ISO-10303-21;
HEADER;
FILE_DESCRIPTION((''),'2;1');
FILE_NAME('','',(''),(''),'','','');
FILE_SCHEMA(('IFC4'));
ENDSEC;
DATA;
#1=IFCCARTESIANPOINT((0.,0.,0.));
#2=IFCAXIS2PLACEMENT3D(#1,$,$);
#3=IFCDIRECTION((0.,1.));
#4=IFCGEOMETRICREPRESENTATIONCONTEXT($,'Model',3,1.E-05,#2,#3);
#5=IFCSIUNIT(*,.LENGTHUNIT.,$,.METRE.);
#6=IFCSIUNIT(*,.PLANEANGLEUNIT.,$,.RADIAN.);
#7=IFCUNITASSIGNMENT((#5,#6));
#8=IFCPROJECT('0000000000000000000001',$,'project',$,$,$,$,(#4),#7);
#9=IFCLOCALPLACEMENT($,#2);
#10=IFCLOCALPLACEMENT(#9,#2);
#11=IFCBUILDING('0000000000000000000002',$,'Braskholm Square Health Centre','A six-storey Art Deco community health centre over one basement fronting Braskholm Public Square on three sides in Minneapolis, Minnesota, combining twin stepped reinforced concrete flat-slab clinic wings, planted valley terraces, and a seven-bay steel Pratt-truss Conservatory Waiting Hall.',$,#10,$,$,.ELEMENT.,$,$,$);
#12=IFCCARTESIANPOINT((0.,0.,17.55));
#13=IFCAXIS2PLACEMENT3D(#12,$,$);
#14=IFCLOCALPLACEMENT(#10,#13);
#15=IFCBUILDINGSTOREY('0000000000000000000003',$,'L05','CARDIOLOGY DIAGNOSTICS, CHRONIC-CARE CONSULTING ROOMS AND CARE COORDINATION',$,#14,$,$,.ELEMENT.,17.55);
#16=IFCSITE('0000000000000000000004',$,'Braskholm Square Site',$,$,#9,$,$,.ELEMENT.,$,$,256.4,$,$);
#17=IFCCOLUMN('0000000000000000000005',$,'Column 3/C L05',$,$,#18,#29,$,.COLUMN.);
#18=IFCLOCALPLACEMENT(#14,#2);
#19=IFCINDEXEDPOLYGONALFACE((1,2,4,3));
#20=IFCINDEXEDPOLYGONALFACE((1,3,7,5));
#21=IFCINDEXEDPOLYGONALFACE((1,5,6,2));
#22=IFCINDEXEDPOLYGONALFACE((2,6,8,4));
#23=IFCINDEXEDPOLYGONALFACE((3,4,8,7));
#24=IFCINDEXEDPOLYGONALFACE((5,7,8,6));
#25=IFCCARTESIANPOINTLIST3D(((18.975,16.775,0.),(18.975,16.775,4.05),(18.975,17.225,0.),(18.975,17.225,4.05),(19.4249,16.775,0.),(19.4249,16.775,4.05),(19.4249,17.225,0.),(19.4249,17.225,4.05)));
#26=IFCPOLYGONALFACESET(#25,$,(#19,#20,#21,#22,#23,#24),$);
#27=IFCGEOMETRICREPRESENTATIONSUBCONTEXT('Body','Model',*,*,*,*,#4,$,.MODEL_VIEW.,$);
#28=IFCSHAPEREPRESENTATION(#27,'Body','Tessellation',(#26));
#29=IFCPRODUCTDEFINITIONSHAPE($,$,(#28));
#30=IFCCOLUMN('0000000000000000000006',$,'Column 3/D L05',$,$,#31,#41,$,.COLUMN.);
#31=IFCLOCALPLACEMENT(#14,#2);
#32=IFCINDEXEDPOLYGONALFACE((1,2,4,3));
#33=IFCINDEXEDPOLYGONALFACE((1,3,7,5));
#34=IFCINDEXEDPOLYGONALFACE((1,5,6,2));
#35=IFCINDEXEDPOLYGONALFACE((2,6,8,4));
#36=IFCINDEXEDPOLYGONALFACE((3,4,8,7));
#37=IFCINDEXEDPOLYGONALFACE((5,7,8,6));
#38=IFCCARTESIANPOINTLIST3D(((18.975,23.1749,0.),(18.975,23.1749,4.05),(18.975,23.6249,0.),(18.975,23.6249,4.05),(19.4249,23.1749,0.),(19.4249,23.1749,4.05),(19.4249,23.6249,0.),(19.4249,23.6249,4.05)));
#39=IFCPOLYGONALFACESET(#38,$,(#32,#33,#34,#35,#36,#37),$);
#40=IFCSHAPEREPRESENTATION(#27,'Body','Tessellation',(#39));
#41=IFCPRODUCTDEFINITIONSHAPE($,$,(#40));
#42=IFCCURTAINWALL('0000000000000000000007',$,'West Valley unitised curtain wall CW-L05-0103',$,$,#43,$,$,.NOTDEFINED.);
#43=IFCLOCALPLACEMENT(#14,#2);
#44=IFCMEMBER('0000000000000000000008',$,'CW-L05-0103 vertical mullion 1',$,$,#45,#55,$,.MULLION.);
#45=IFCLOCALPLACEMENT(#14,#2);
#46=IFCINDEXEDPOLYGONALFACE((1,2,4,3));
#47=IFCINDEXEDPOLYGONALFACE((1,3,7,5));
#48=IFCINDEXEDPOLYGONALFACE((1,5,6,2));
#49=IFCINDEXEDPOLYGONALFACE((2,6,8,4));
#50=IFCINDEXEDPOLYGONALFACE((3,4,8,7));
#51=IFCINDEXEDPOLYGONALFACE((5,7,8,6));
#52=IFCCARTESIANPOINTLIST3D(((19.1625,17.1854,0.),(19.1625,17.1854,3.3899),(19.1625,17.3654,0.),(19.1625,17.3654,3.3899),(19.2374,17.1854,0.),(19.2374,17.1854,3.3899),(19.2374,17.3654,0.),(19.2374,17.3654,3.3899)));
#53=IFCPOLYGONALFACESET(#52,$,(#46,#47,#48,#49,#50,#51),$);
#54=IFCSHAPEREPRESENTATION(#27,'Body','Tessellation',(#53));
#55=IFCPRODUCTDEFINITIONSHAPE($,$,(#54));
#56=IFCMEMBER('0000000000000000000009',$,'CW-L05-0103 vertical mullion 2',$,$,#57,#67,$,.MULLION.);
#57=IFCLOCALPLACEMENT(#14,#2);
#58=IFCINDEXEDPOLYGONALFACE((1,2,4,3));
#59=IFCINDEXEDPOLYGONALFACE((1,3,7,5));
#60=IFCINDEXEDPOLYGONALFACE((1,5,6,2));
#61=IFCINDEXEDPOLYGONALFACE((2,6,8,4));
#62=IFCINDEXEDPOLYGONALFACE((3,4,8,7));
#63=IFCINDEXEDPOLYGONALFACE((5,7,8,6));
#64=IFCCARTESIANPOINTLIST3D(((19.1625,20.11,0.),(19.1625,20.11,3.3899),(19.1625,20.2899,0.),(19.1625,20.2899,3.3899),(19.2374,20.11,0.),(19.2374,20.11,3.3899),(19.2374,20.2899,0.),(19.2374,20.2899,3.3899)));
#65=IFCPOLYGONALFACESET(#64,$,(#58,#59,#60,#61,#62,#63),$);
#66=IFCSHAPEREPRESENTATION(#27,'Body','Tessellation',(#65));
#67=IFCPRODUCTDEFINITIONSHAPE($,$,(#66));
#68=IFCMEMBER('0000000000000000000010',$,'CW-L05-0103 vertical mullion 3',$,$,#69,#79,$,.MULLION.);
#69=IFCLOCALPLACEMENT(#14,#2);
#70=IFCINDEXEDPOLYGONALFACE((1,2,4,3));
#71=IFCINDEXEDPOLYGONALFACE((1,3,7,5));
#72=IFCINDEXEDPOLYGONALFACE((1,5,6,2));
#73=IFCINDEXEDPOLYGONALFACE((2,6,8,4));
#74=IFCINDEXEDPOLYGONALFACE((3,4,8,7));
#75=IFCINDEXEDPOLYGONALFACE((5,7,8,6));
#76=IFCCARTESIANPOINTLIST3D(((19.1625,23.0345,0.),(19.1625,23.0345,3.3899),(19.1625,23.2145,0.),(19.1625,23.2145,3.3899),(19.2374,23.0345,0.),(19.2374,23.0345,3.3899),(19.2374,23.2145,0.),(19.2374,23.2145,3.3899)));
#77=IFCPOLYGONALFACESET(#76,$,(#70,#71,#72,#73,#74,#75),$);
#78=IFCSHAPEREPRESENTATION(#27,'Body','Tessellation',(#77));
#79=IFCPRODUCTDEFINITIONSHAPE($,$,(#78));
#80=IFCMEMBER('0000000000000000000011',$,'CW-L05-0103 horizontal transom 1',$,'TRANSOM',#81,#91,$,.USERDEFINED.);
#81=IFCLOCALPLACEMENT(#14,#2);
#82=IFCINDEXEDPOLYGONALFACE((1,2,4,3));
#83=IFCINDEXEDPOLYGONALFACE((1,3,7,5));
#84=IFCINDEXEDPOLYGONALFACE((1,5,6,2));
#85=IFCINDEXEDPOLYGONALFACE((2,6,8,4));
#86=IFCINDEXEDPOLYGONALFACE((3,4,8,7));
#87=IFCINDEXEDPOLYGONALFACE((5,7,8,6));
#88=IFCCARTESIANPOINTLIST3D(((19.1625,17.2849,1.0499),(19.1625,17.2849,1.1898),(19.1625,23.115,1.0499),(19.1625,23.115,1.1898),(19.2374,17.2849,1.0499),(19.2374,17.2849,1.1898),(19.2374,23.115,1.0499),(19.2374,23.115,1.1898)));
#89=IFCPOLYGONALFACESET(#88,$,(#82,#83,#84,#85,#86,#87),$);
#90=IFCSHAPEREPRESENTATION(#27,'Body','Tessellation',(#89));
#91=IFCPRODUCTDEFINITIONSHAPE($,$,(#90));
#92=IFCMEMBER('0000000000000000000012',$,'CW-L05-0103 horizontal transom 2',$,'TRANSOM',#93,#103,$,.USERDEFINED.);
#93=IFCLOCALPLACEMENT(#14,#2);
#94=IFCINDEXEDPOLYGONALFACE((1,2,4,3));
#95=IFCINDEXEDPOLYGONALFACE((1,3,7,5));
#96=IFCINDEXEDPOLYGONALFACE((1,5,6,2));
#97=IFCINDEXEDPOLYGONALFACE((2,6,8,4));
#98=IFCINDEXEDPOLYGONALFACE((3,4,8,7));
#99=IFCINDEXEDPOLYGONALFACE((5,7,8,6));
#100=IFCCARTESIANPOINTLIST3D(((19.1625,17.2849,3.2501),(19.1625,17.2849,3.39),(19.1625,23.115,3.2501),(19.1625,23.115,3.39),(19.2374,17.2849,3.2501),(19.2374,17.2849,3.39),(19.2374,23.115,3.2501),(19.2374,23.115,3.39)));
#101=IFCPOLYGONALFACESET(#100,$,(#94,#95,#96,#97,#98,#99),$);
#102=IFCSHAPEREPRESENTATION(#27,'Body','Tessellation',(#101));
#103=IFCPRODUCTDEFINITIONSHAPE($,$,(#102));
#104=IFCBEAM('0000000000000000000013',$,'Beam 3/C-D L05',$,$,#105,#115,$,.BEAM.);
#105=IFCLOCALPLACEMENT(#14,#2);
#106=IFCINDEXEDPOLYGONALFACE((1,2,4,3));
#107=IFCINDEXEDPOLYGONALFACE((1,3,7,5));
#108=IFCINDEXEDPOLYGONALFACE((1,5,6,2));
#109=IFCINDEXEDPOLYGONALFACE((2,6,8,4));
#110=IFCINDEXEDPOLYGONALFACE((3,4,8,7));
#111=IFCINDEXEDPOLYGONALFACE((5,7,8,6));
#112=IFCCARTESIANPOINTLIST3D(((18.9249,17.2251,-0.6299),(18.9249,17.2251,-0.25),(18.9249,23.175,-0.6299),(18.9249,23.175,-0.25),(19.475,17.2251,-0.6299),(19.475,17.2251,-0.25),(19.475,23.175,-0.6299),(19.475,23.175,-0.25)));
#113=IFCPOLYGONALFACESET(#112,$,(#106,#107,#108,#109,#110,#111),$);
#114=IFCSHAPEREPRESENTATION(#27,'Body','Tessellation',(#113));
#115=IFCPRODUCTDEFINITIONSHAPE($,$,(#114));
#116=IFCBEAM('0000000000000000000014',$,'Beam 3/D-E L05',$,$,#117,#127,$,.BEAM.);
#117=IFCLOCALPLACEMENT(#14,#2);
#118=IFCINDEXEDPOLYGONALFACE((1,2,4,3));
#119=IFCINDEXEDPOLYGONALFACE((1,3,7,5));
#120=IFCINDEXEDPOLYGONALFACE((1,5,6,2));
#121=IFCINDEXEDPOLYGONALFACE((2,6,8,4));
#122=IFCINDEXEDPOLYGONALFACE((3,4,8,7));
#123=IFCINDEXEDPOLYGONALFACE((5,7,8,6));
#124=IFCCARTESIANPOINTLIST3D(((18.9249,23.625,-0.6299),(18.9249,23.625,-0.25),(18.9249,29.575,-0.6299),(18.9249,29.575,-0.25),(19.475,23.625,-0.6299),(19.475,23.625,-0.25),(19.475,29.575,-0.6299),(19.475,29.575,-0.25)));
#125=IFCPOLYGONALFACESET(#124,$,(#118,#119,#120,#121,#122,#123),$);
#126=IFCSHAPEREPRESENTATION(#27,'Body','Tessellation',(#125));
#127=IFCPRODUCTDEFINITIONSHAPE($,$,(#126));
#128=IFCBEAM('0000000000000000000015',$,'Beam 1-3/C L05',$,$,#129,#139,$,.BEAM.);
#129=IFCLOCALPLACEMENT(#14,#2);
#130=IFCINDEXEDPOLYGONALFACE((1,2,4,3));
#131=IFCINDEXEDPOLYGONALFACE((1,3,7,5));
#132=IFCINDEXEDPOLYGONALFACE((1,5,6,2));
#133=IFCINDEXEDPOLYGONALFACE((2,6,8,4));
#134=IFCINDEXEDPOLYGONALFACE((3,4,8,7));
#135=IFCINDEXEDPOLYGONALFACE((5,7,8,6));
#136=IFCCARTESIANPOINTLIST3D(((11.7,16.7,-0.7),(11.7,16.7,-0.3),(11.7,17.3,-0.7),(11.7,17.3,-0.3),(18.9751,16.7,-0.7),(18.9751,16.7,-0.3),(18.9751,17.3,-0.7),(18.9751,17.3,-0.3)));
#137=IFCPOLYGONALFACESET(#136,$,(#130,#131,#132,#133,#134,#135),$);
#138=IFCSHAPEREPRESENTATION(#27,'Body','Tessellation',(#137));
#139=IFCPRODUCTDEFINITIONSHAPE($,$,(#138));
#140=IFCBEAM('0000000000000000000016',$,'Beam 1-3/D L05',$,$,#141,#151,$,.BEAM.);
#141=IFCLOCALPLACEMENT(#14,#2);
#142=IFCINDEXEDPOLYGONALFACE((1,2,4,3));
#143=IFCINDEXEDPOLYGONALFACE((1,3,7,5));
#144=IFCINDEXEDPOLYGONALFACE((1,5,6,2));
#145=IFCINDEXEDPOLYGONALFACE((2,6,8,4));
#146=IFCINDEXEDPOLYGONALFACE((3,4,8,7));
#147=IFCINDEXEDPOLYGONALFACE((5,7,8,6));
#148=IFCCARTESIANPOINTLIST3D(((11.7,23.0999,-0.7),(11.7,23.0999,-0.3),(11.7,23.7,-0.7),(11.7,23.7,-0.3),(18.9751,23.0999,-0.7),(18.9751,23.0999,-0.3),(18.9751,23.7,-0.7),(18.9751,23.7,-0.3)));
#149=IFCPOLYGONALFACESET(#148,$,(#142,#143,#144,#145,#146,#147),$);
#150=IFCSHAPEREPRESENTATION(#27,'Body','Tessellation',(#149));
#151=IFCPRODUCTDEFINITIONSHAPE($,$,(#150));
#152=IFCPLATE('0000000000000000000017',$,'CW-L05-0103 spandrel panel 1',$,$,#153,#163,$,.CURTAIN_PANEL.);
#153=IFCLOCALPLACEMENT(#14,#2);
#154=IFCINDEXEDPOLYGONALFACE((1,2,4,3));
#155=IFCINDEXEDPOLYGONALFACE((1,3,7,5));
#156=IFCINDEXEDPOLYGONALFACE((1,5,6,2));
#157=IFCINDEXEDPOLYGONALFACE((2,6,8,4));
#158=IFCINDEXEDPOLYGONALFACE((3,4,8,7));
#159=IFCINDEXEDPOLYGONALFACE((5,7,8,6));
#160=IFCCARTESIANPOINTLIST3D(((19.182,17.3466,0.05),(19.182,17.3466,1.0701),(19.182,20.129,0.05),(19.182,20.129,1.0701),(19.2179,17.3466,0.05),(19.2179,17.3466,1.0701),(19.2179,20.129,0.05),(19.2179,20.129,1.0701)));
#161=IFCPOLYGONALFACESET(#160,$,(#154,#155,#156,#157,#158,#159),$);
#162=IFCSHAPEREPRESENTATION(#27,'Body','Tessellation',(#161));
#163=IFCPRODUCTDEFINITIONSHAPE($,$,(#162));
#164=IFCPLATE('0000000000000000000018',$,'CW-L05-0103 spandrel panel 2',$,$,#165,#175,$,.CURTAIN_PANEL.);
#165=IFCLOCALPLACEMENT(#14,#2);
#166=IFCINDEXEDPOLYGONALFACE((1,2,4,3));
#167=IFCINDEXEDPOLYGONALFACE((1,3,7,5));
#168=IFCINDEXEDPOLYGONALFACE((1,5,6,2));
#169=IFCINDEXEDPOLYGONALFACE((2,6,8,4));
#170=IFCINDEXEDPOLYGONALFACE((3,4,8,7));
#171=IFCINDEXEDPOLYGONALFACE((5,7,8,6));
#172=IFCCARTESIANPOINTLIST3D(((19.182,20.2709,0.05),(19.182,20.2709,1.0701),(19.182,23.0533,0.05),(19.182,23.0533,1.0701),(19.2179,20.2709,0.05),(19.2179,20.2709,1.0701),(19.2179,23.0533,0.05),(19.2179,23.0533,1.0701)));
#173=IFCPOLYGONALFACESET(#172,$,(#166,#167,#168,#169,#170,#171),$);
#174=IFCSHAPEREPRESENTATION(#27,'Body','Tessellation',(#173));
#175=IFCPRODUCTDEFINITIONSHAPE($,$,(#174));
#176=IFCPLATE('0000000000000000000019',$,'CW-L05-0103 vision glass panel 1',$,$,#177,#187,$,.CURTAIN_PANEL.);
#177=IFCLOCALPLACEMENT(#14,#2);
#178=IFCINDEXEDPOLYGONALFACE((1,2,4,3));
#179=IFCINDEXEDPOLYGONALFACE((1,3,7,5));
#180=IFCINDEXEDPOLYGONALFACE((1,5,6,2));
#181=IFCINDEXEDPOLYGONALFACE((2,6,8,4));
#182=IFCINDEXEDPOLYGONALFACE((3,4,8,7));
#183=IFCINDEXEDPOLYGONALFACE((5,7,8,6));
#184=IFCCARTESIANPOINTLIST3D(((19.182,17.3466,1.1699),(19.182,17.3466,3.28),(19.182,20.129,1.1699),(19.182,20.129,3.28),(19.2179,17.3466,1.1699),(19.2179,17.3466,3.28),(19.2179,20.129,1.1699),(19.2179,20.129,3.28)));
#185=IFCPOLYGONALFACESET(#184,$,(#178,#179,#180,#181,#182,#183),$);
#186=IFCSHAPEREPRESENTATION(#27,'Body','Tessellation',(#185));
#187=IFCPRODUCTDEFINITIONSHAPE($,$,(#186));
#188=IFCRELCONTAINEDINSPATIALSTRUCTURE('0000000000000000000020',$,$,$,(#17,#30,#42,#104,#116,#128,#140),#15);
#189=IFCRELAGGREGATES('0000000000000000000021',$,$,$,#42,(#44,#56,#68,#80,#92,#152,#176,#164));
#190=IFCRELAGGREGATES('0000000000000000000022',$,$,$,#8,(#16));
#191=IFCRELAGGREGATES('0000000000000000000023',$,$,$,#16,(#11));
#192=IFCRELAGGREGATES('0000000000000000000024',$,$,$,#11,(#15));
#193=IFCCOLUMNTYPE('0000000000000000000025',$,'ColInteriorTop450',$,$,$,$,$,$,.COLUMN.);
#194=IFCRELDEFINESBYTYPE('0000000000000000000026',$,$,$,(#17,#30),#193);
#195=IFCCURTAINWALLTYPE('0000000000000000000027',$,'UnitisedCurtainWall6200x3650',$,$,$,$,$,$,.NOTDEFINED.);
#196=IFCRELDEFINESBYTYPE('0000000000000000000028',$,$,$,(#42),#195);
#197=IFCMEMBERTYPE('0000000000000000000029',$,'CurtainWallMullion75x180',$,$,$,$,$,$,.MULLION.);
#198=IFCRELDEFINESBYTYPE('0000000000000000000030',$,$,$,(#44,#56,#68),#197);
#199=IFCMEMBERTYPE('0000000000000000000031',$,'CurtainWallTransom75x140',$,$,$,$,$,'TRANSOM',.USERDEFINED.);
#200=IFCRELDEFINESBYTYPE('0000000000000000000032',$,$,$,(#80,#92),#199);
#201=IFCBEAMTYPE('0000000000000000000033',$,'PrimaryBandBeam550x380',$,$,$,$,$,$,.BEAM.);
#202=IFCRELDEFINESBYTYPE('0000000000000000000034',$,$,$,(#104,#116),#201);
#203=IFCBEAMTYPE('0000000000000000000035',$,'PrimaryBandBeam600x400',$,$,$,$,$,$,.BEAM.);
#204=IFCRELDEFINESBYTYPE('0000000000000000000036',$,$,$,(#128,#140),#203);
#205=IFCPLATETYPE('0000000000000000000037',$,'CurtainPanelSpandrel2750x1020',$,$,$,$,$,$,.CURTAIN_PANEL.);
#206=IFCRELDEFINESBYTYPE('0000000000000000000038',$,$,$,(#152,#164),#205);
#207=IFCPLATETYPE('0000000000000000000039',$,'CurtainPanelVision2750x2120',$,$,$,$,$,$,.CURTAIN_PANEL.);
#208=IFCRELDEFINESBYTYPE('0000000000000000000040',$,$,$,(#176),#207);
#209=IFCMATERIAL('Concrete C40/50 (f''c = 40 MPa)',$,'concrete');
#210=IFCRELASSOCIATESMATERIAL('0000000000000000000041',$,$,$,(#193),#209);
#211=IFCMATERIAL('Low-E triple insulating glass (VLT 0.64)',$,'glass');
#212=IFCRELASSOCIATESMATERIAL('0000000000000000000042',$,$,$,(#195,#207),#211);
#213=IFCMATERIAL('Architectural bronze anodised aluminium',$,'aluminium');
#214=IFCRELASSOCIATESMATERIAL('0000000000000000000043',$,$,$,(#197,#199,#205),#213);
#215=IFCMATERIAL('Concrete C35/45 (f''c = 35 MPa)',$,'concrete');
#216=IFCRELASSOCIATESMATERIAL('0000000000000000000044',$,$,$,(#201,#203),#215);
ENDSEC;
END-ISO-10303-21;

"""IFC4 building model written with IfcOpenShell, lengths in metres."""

from ifc_helpers import new_model, si_unit, direction, frame, origin, origin_2d, place, context, subcontext, project, spatial, rectangle, extrude, material, material_profile, profile_set, type_object, element, aggregate, save


model = new_model("IFC4")

# Units and contexts
model_context = context("Model", 3, precision=1e-05, world=origin(), true_north=direction((0.0, 1.0)))
body_context = subcontext(model_context, "Body", "Model", "MODEL_VIEW")
ifc_project = project(units=[si_unit("LENGTHUNIT", "METRE"), si_unit("PLANEANGLEUNIT", "RADIAN")], contexts=[model_context])

# Site, building, storey
site_placement = place(None, origin())
site = spatial("IfcSite", under=ifc_project, at=site_placement, Name="Braskholm Square Site", CompositionType="ELEMENT", RefElevation=256.4)
building_placement = place(site_placement, origin())
building = spatial("IfcBuilding", under=site, at=building_placement, Name="Braskholm Square Health Centre", Description="A six-storey Art Deco community health centre over one basement fronting Braskholm Public Square on three sides in Minneapolis, Minnesota, combining twin stepped reinforced concrete flat-slab clinic wings, planted valley terraces, and a seven-bay steel Pratt-truss Conservatory Waiting Hall.", CompositionType="ELEMENT")
storey_placement = place(building_placement, frame((0.0, 0.0, 17.55)))
storey = spatial("IfcBuildingStorey", under=building, at=storey_placement, Name="L05", Description="CARDIOLOGY DIAGNOSTICS, CHRONIC-CARE CONSULTING ROOMS AND CARE COORDINATION", CompositionType="ELEMENT", Elevation=17.55)

# Columns
ifc_material_1 = material(Name="Concrete C40/50 (f'c = 40 MPa)", Category="concrete")
ifc_material_profile_1 = material_profile(ifc_material_1, rectangle(XDim=0.45, YDim=0.45, at=origin_2d()), Name="RC-450X450")
ifc_profile_set_1 = profile_set([ifc_material_profile_1], Name="Concrete C40/50 (f'c = 40 MPa)")
column_type = type_object("IfcColumnType", Name="ColInteriorTop450", PredefinedType="COLUMN", material=ifc_profile_set_1)
for number, where, z_axis, x_axis, name in (
    (1, (19.2, 17.0, 0.0), (0.0, 0.0, 1.0), (1.0, 0.0, 0.0), "Column 3/C L05"),
    (2, (19.2, 23.3999, 0.0), (0.0, 0.0, 1.0), (1.0, 0.0, 0.0), "Column 3/D L05"),
):
    element("IfcColumn", number, at=place(storey_placement, frame(where, z_axis=z_axis, x_axis=x_axis)), inside=storey, type_object=column_type, Name=name, PredefinedType="COLUMN", context=body_context, shape_type="SweptSolid", body=[
        extrude(rectangle(XDim=0.45, YDim=0.45, at=origin_2d()), origin(), (0.0, 0.0, 1.0), 4.05),
    ])

# Curtain wall, members
ifc_material_2 = material(Name="Low-E triple insulating glass (VLT 0.64)", Category="glass")
curtain_wall_type = type_object("IfcCurtainWallType", Name="UnitisedCurtainWall6200x3650", PredefinedType="NOTDEFINED", material=ifc_material_2)
curtain_wall_placement = place(storey_placement, origin())
curtain_wall = element("IfcCurtainWall", 3, at=curtain_wall_placement, inside=storey, type_object=curtain_wall_type, Name="West Valley unitised curtain wall CW-L05-0103", PredefinedType="NOTDEFINED")
ifc_material_3 = material(Name="Architectural bronze anodised aluminium", Category="aluminium")
ifc_material_profile_2 = material_profile(ifc_material_3, rectangle(XDim=0.075, YDim=0.1799, at=origin_2d()), Name="ALU-75X180")
ifc_profile_set_2 = profile_set([ifc_material_profile_2], Name="Architectural bronze anodised aluminium")
member_type_1 = type_object("IfcMemberType", Name="CurtainWallMullion75x180", PredefinedType="MULLION", material=ifc_profile_set_2)
member_1_placement = place(storey_placement, frame((19.2, 17.2754, 0.0), z_axis=(0.0, 0.0, 1.0), x_axis=(1.0, 0.0, 0.0)))
member_1 = element("IfcMember", 4, at=member_1_placement, type_object=member_type_1, Name="CW-L05-0103 vertical mullion 1", PredefinedType="MULLION", context=body_context, shape_type="SweptSolid", body=[
    extrude(rectangle(XDim=0.075, YDim=0.1799, at=origin_2d()), origin(), (0.0, 0.0, 1.0), 3.3899),
])
member_2_placement = place(storey_placement, frame((19.2, 20.2, 0.0), z_axis=(0.0, 0.0, 1.0), x_axis=(1.0, 0.0, 0.0)))
member_2 = element("IfcMember", 5, at=member_2_placement, type_object=member_type_1, Name="CW-L05-0103 vertical mullion 2", PredefinedType="MULLION", context=body_context, shape_type="SweptSolid", body=[
    extrude(rectangle(XDim=0.075, YDim=0.1799, at=origin_2d()), origin(), (0.0, 0.0, 1.0), 3.3899),
])
member_3_placement = place(storey_placement, frame((19.2, 23.1245, 0.0), z_axis=(0.0, 0.0, 1.0), x_axis=(1.0, 0.0, 0.0)))
member_3 = element("IfcMember", 6, at=member_3_placement, type_object=member_type_1, Name="CW-L05-0103 vertical mullion 3", PredefinedType="MULLION", context=body_context, shape_type="SweptSolid", body=[
    extrude(rectangle(XDim=0.075, YDim=0.1799, at=origin_2d()), origin(), (0.0, 0.0, 1.0), 3.3899),
])
ifc_material_profile_3 = material_profile(ifc_material_3, rectangle(XDim=0.075, YDim=0.1399, at=origin_2d()), Name="ALU-75X140")
ifc_profile_set_3 = profile_set([ifc_material_profile_3], Name="Architectural bronze anodised aluminium")
member_type_2 = type_object("IfcMemberType", Name="CurtainWallTransom75x140", ElementType="TRANSOM", PredefinedType="USERDEFINED", material=ifc_profile_set_3)
member_4_placement = place(storey_placement, frame((19.2, 17.2849, 1.1199), z_axis=(0.0, 1.0, 0.0), x_axis=(-1.0, 0.0, 0.0)))
member_4 = element("IfcMember", 7, at=member_4_placement, type_object=member_type_2, Name="CW-L05-0103 horizontal transom 1", ObjectType="TRANSOM", PredefinedType="USERDEFINED", context=body_context, shape_type="SweptSolid", body=[
    extrude(rectangle(XDim=0.075, YDim=0.1399, at=origin_2d()), origin(), (0.0, 0.0, 1.0), 5.8301),
])
member_5_placement = place(storey_placement, frame((19.2, 17.2849, 3.3201), z_axis=(0.0, 1.0, 0.0), x_axis=(-1.0, 0.0, 0.0)))
member_5 = element("IfcMember", 8, at=member_5_placement, type_object=member_type_2, Name="CW-L05-0103 horizontal transom 2", ObjectType="TRANSOM", PredefinedType="USERDEFINED", context=body_context, shape_type="SweptSolid", body=[
    extrude(rectangle(XDim=0.075, YDim=0.1399, at=origin_2d()), origin(), (0.0, 0.0, 1.0), 5.8301),
])

# Beams
ifc_material_4 = material(Name="Concrete C35/45 (f'c = 35 MPa)", Category="concrete")
ifc_material_profile_4 = material_profile(ifc_material_4, rectangle(XDim=0.55, YDim=0.3799, at=origin_2d()), Name="RCB-550X380")
ifc_profile_set_4 = profile_set([ifc_material_profile_4], Name="Concrete C35/45 (f'c = 35 MPa)")
beam_type_1 = type_object("IfcBeamType", Name="PrimaryBandBeam550x380", PredefinedType="BEAM", material=ifc_profile_set_4)
for number, where, z_axis, x_axis, name in (
    (9, (19.2, 17.2251, -0.4399), (0.0, 1.0, 0.0), (-1.0, 0.0, 0.0), "Beam 3/C-D L05"),
    (10, (19.2, 23.625, -0.4399), (0.0, 1.0, 0.0), (-1.0, 0.0, 0.0), "Beam 3/D-E L05"),
):
    element("IfcBeam", number, at=place(storey_placement, frame(where, z_axis=z_axis, x_axis=x_axis)), inside=storey, type_object=beam_type_1, Name=name, PredefinedType="BEAM", context=body_context, shape_type="SweptSolid", body=[
        extrude(rectangle(XDim=0.55, YDim=0.3799, at=origin_2d()), origin(), (0.0, 0.0, 1.0), 5.95),
    ])
ifc_material_profile_5 = material_profile(ifc_material_4, rectangle(XDim=0.6001, YDim=0.3999, at=origin_2d()), Name="RCB-600X400")
ifc_profile_set_5 = profile_set([ifc_material_profile_5], Name="Concrete C35/45 (f'c = 35 MPa)")
beam_type_2 = type_object("IfcBeamType", Name="PrimaryBandBeam600x400", PredefinedType="BEAM", material=ifc_profile_set_5)
for number, where, z_axis, x_axis, name in (
    (11, (11.7, 17.0, -0.5), (1.0, 0.0, 0.0), (0.0, 1.0, 0.0), "Beam 1-3/C L05"),
    (12, (11.7, 23.3999, -0.5), (1.0, 0.0, 0.0), (0.0, 1.0, 0.0), "Beam 1-3/D L05"),
):
    element("IfcBeam", number, at=place(storey_placement, frame(where, z_axis=z_axis, x_axis=x_axis)), inside=storey, type_object=beam_type_2, Name=name, PredefinedType="BEAM", context=body_context, shape_type="SweptSolid", body=[
        extrude(rectangle(XDim=0.6001, YDim=0.3999, at=origin_2d()), origin(), (0.0, 0.0, 1.0), 7.2751),
    ])

# Plates
plate_type_1 = type_object("IfcPlateType", Name="CurtainPanelSpandrel2750x1020", PredefinedType="CURTAIN_PANEL", material=ifc_material_3)
plate_1_placement = place(storey_placement, frame((19.2, 18.7378, 0.05), z_axis=(0.0, 0.0, 1.0), x_axis=(0.0, 1.0, 0.0)))
plate_1 = element("IfcPlate", 13, at=plate_1_placement, type_object=plate_type_1, Name="CW-L05-0103 spandrel panel 1", PredefinedType="CURTAIN_PANEL", context=body_context, shape_type="SweptSolid", body=[
    extrude(rectangle(XDim=2.7825, YDim=0.0359, at=origin_2d()), origin(), (0.0, 0.0, 1.0), 1.02),
])
plate_2_placement = place(storey_placement, frame((19.2, 21.6621, 0.05), z_axis=(0.0, 0.0, 1.0), x_axis=(0.0, 1.0, 0.0)))
plate_2 = element("IfcPlate", 14, at=plate_2_placement, type_object=plate_type_1, Name="CW-L05-0103 spandrel panel 2", PredefinedType="CURTAIN_PANEL", context=body_context, shape_type="SweptSolid", body=[
    extrude(rectangle(XDim=2.7825, YDim=0.0359, at=origin_2d()), origin(), (0.0, 0.0, 1.0), 1.02),
])
plate_type_2 = type_object("IfcPlateType", Name="CurtainPanelVision2750x2120", PredefinedType="CURTAIN_PANEL", material=ifc_material_2)
plate_3_placement = place(storey_placement, frame((19.2, 18.7378, 1.1699), z_axis=(0.0, 0.0, 1.0), x_axis=(0.0, 1.0, 0.0)))
plate_3 = element("IfcPlate", 15, at=plate_3_placement, type_object=plate_type_2, Name="CW-L05-0103 vision glass panel 1", PredefinedType="CURTAIN_PANEL", context=body_context, shape_type="SweptSolid", body=[
    extrude(rectangle(XDim=2.7825, YDim=0.0359, at=origin_2d()), origin(), (0.0, 0.0, 1.0), 2.1101),
])
aggregate(curtain_wall, [member_1, member_2, member_3, member_4, member_5, plate_1, plate_3, plate_2])

save(model, "model.ifc")
